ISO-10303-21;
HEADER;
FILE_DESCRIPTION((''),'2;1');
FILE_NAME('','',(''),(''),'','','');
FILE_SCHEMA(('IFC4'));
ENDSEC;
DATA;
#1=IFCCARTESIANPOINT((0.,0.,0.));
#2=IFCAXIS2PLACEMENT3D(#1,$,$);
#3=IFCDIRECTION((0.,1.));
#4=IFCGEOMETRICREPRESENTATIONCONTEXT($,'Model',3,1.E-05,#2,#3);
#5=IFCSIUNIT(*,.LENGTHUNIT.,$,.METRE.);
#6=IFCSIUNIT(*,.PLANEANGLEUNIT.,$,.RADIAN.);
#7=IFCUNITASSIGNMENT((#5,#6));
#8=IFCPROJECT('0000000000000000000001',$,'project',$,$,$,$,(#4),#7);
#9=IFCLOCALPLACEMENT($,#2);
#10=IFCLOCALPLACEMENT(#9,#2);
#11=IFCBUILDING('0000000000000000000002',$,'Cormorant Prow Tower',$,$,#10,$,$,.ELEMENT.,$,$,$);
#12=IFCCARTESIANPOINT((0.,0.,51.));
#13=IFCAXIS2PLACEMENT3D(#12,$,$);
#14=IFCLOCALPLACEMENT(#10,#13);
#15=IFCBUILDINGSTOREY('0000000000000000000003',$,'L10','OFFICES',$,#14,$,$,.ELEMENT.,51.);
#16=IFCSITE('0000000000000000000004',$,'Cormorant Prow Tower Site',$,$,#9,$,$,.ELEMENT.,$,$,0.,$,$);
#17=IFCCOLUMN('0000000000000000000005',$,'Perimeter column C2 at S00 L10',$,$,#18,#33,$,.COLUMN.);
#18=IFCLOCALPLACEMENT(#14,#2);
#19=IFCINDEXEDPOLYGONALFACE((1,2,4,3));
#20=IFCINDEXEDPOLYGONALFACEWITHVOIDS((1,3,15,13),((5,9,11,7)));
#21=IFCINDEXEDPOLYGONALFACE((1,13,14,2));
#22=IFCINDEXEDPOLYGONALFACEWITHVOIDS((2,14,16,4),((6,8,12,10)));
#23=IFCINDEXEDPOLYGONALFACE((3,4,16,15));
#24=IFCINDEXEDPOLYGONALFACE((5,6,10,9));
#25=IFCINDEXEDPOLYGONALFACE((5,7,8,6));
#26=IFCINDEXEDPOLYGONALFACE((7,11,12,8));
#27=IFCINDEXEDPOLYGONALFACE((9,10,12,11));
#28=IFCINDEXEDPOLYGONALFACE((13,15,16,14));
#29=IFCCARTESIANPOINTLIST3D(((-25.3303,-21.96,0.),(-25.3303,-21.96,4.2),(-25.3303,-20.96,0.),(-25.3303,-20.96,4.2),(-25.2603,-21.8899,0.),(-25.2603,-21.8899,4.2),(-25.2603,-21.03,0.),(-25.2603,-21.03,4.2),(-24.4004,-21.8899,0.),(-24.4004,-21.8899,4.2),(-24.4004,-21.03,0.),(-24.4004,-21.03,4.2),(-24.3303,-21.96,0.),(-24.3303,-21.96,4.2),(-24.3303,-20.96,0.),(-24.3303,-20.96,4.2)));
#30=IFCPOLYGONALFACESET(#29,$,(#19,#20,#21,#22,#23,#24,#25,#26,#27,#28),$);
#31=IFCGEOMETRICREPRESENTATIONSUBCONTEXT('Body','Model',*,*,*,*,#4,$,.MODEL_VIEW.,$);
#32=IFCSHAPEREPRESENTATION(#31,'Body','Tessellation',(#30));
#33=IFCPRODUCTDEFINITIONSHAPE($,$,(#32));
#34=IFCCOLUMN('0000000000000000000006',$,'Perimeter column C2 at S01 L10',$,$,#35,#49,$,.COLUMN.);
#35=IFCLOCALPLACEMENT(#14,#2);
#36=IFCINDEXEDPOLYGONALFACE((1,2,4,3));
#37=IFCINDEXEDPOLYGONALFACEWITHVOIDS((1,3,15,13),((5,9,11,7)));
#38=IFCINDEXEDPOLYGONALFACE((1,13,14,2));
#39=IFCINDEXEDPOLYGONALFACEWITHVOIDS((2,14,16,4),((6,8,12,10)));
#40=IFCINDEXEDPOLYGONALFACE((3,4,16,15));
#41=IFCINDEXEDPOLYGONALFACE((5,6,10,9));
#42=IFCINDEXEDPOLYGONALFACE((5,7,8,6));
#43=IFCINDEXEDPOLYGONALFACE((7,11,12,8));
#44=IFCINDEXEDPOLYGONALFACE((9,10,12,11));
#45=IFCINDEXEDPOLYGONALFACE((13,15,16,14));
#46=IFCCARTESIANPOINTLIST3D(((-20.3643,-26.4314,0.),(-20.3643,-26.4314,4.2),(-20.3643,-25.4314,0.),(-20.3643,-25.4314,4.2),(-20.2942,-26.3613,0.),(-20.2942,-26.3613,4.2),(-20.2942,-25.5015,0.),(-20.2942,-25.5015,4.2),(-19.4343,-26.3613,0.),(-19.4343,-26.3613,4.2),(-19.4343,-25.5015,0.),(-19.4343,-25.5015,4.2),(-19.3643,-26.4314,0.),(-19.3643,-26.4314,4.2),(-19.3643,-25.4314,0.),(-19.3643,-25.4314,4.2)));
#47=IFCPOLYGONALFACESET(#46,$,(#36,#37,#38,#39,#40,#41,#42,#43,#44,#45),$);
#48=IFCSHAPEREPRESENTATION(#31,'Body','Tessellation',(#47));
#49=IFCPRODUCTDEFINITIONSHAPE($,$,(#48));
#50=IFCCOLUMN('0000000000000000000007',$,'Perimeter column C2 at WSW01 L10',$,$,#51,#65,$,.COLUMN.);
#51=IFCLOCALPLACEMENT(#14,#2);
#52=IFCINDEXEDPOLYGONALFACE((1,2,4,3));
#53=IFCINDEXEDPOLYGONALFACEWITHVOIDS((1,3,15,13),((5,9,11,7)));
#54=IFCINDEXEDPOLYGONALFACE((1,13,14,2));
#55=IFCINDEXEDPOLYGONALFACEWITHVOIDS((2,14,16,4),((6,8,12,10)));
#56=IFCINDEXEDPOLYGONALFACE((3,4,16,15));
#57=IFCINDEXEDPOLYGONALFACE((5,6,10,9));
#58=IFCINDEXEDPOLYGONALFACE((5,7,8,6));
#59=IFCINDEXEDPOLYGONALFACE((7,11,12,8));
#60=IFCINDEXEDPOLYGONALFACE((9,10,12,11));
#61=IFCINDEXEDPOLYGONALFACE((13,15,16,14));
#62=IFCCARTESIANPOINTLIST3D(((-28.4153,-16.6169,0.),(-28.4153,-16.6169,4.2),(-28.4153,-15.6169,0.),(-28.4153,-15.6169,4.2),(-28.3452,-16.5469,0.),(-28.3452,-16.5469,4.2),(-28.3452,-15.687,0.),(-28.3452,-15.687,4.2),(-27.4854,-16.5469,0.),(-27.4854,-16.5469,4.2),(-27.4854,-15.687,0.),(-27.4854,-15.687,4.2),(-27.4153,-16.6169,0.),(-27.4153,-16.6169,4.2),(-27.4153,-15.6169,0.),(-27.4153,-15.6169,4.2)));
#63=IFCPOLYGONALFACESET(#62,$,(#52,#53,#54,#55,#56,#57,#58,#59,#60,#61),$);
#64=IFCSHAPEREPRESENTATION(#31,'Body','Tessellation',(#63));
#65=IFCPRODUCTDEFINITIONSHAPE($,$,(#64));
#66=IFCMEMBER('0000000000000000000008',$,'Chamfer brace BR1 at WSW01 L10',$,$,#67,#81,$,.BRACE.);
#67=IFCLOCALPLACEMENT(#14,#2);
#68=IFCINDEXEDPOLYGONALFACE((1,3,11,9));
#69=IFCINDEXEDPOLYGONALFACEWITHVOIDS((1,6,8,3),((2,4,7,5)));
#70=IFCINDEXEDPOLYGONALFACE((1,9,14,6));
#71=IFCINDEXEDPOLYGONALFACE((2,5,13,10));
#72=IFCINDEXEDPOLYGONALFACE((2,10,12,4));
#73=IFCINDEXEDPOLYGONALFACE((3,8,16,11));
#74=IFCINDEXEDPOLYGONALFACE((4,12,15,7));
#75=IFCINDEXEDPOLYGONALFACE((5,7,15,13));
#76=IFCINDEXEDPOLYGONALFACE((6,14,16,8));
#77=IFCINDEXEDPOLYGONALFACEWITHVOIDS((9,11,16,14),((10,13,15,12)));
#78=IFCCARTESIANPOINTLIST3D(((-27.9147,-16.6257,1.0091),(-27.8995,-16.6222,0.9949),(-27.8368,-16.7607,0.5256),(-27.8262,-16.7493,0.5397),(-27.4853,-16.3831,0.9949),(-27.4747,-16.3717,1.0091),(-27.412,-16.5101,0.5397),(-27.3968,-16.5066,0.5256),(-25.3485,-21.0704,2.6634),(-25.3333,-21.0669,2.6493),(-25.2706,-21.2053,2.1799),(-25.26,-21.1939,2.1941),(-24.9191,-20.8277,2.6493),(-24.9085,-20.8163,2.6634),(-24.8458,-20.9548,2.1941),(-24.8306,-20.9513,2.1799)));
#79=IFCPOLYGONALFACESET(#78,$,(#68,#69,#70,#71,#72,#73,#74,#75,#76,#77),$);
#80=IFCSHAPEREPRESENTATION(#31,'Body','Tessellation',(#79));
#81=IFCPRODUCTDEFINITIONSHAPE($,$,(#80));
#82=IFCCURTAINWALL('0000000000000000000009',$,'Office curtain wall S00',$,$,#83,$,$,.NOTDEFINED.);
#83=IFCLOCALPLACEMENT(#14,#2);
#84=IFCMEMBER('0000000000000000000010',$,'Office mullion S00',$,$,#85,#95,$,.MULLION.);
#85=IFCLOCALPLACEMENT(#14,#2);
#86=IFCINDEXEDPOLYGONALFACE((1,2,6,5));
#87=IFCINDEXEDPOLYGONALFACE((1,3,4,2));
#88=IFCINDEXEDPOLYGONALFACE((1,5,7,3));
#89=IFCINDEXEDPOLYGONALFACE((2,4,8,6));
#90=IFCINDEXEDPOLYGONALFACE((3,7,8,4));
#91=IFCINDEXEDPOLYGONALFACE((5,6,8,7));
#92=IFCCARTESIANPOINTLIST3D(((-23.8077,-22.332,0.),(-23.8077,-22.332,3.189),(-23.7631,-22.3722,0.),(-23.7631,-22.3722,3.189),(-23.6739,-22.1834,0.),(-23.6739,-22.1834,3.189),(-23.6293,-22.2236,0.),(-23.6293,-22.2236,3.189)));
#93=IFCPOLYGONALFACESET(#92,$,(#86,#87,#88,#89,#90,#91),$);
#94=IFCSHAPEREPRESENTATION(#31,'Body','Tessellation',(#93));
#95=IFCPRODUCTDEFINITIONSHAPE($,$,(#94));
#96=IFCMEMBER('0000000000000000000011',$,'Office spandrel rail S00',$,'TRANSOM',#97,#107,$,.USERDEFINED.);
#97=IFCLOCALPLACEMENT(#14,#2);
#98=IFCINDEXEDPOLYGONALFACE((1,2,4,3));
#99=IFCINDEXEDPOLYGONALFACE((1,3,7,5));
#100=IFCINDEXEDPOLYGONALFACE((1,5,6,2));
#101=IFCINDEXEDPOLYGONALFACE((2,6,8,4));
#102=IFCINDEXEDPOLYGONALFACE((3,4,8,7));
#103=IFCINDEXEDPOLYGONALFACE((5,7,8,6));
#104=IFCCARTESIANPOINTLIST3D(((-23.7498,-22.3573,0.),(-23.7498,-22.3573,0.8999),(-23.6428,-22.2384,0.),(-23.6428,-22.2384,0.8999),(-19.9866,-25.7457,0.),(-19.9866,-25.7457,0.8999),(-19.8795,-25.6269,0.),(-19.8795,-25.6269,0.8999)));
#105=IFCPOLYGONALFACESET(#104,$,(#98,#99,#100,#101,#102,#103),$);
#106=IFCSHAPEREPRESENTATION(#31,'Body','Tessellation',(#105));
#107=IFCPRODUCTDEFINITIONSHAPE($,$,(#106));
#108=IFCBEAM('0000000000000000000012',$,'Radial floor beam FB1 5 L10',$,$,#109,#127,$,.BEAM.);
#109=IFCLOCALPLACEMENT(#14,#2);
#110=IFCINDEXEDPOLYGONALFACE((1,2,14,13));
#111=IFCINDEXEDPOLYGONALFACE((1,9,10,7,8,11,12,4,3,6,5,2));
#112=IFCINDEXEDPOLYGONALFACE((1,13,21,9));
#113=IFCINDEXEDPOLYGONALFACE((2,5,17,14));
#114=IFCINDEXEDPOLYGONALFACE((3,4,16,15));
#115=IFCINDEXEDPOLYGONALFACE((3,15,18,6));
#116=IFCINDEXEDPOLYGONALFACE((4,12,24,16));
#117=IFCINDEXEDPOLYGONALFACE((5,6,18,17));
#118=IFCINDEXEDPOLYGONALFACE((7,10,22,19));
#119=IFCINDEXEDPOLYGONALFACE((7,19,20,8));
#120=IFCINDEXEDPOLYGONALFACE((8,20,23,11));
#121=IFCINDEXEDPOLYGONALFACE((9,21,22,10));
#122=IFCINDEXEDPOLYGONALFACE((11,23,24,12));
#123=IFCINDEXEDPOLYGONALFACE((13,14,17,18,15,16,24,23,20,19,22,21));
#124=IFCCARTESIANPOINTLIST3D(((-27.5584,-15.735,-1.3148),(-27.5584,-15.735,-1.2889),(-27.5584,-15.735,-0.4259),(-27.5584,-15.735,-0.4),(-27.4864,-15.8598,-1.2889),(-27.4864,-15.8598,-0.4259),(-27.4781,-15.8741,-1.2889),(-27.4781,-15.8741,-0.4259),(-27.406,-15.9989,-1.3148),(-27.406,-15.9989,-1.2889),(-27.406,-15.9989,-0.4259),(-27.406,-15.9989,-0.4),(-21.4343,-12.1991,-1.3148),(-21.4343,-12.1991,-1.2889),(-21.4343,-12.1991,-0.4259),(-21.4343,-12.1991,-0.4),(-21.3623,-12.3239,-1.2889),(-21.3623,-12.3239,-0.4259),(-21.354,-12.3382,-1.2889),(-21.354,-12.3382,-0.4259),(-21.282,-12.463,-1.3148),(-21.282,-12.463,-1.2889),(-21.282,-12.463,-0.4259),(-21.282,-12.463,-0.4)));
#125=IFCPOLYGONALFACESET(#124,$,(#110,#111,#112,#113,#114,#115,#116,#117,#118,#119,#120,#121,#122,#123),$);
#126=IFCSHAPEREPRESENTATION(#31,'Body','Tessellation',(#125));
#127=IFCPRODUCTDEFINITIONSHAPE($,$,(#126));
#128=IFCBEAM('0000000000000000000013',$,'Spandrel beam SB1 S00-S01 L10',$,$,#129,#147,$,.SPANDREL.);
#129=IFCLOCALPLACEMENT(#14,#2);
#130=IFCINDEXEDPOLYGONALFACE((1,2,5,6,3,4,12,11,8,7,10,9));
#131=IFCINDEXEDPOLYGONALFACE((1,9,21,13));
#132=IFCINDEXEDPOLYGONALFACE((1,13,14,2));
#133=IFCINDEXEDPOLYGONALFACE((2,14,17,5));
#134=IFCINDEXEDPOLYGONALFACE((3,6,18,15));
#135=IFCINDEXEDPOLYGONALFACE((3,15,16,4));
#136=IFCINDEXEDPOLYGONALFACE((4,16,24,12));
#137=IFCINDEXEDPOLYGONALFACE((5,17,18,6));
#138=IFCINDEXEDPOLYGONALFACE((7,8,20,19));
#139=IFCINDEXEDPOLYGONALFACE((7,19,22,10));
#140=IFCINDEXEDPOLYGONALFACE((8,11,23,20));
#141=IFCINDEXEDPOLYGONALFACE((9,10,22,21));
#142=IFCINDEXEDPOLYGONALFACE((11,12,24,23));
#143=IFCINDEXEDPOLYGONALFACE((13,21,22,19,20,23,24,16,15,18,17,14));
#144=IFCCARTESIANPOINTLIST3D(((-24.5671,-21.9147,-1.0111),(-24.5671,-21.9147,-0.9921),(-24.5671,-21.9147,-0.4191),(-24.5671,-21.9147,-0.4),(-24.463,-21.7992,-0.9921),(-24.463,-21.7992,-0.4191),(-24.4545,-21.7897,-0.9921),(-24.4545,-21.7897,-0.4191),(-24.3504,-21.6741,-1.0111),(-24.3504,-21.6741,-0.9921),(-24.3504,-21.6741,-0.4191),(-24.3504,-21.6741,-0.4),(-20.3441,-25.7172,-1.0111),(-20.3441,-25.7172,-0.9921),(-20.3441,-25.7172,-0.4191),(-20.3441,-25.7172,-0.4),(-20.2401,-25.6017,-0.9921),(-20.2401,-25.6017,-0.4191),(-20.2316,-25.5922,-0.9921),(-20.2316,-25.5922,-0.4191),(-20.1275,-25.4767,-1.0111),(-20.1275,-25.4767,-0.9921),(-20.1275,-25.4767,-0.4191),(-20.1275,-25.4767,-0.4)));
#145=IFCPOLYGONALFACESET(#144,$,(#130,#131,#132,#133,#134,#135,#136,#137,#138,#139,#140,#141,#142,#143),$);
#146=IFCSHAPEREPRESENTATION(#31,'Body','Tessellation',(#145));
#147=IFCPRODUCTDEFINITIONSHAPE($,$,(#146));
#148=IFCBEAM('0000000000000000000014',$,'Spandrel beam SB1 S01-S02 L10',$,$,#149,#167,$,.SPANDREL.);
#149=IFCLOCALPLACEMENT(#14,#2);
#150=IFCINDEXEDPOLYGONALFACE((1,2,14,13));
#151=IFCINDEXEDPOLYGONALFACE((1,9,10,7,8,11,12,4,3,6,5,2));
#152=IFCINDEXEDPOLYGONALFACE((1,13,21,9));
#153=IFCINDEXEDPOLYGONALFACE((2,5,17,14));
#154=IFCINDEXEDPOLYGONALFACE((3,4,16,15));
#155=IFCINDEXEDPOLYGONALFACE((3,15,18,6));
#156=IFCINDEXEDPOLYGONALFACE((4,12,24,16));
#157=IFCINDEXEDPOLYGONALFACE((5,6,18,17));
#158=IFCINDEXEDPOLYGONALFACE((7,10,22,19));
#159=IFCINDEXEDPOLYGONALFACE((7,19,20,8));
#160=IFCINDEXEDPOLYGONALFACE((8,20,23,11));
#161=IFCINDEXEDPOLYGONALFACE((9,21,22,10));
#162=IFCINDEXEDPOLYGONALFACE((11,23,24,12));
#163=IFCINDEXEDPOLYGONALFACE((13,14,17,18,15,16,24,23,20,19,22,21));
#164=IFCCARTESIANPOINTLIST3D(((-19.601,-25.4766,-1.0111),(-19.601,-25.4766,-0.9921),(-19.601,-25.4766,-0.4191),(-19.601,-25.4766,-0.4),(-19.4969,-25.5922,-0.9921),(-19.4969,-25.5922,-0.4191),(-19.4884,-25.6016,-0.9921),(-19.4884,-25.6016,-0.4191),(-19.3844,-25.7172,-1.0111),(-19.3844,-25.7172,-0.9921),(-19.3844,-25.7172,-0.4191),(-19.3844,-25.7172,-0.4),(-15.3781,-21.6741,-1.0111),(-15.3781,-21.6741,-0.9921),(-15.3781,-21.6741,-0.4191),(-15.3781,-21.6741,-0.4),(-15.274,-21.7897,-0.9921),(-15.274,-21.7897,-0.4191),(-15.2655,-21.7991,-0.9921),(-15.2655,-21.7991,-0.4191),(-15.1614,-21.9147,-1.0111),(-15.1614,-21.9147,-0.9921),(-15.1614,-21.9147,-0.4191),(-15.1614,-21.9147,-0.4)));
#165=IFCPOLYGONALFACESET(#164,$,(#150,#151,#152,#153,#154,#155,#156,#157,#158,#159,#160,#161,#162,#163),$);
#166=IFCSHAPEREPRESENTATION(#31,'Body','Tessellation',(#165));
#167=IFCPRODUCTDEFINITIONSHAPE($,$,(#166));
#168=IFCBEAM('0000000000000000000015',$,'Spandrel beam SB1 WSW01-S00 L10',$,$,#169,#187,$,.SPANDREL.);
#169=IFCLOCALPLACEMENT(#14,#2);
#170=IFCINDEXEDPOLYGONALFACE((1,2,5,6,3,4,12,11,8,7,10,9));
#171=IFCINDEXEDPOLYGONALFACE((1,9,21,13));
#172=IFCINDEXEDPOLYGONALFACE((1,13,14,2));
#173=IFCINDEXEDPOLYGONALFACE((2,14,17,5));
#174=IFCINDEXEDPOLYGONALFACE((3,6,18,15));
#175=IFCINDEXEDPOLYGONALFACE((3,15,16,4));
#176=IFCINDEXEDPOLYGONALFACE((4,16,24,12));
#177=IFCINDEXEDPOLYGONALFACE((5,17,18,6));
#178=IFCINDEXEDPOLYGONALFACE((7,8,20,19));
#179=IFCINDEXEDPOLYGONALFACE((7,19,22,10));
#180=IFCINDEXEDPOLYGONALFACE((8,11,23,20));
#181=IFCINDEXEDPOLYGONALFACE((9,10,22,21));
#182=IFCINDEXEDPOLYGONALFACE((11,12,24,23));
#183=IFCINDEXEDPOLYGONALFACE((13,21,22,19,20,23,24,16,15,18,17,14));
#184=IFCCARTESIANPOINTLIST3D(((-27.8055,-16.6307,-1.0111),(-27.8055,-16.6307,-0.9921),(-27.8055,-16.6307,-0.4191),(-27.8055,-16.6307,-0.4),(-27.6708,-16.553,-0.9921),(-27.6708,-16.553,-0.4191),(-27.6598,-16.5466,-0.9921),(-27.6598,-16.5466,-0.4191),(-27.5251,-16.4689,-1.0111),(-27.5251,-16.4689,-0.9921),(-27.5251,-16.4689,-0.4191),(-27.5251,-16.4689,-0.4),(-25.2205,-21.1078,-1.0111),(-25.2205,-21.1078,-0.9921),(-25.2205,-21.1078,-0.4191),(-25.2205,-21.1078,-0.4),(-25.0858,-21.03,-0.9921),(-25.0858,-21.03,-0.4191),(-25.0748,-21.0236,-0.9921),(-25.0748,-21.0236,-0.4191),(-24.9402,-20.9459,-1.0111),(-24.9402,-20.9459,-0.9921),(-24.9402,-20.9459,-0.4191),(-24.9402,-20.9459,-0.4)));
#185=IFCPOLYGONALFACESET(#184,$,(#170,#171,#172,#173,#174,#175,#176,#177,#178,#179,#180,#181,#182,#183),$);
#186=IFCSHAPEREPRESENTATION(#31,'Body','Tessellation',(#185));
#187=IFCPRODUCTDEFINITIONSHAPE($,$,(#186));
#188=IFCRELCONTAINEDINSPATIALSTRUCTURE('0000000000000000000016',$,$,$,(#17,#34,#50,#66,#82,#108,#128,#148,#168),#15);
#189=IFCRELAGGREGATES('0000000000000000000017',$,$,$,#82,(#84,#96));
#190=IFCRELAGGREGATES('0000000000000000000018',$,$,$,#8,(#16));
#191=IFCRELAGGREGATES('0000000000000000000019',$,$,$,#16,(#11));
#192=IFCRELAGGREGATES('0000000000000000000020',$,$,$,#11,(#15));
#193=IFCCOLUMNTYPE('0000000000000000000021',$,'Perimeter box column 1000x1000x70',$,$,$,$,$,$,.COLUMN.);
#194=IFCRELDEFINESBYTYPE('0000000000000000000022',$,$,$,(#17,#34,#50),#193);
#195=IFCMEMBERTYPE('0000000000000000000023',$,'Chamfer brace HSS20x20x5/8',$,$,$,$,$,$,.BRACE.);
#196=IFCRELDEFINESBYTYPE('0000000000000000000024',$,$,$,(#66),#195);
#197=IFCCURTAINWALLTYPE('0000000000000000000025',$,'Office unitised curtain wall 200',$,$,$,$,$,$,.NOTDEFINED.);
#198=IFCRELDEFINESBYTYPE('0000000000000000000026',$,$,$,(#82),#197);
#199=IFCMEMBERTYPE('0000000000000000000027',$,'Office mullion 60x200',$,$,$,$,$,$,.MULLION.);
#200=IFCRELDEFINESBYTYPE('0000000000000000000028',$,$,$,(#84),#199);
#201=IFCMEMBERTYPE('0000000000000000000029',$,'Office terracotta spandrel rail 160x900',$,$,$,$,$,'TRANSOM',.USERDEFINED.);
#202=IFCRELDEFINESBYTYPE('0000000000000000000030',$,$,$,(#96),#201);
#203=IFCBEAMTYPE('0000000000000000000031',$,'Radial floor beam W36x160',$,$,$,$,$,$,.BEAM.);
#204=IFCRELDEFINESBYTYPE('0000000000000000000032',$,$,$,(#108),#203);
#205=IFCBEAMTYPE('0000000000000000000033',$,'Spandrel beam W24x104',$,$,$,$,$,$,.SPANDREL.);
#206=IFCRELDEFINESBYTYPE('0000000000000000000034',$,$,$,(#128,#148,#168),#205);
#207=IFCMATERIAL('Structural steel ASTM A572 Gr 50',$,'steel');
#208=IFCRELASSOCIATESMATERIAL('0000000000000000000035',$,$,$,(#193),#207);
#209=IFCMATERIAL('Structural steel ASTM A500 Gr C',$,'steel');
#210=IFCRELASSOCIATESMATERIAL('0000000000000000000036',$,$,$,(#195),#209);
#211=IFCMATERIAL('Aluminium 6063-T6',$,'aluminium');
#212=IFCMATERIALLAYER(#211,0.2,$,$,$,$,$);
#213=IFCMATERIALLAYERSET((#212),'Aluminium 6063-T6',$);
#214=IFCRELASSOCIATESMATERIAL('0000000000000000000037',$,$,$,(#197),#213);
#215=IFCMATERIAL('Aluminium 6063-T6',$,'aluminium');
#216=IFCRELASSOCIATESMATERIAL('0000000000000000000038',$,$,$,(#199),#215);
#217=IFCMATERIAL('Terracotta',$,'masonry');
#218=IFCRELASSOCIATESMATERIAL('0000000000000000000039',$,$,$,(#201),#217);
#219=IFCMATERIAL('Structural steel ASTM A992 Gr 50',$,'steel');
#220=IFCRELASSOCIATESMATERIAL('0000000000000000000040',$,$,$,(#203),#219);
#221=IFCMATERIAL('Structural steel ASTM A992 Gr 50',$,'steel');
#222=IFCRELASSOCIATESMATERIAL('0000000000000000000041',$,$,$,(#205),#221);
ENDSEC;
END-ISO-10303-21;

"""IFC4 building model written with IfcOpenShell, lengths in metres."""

from ifc_helpers import new_model, si_unit, direction, frame, origin, origin_2d, place, context, subcontext, project, spatial, rectangle, hollow_rectangle, i_section, extrude, material, layer, layer_set, material_profile, profile_set, type_object, element, aggregate, save


model = new_model("IFC4")

# Units and contexts
model_context = context("Model", 3, precision=1e-05, world=origin(), true_north=direction((0.0, 1.0)))
body_context = subcontext(model_context, "Body", "Model", "MODEL_VIEW")
ifc_project = project(units=[si_unit("LENGTHUNIT", "METRE"), si_unit("PLANEANGLEUNIT", "RADIAN")], contexts=[model_context])

# Site, building, storey
site_placement = place(None, origin())
site = spatial("IfcSite", under=ifc_project, at=site_placement, Name="Cormorant Prow Tower Site", CompositionType="ELEMENT", RefElevation=0.0)
building_placement = place(site_placement, origin())
building = spatial("IfcBuilding", under=site, at=building_placement, Name="Cormorant Prow Tower", CompositionType="ELEMENT")
storey_placement = place(building_placement, frame((0.0, 0.0, 51.0)))
storey = spatial("IfcBuildingStorey", under=building, at=storey_placement, Name="L10", Description="OFFICES", CompositionType="ELEMENT", Elevation=51.0)

# Columns
ifc_material_1 = material(Name="Structural steel ASTM A572 Gr 50", Category="steel")
ifc_material_profile_1 = material_profile(ifc_material_1, hollow_rectangle(XDim=1.0, YDim=1.0, WallThickness=0.0701, at=origin_2d()), Name="Box 1000x1000x70")
ifc_profile_set_1 = profile_set([ifc_material_profile_1], Name="Structural steel ASTM A572 Gr 50")
column_type = type_object("IfcColumnType", Name="Perimeter box column 1000x1000x70", PredefinedType="COLUMN", material=ifc_profile_set_1)
for number, where, z_axis, x_axis, name in (
    (1, (-24.8303, -21.46, 0.0), (0.0, 0.0, 1.0), (1.0, 0.0, 0.0), "Perimeter column C2 at S00 L10"),
    (2, (-19.8643, -25.9314, 0.0), (0.0, 0.0, 1.0), (1.0, 0.0, 0.0), "Perimeter column C2 at S01 L10"),
    (3, (-27.9153, -16.1169, 0.0), (0.0, 0.0, 1.0), (1.0, 0.0, 0.0), "Perimeter column C2 at WSW01 L10"),
):
    element("IfcColumn", number, at=place(storey_placement, frame(where, z_axis=z_axis, x_axis=x_axis)), inside=storey, type_object=column_type, Name=name, PredefinedType="COLUMN", context=body_context, shape_type="SweptSolid", body=[
        extrude(hollow_rectangle(XDim=1.0, YDim=1.0, WallThickness=0.0701, at=origin_2d()), origin(), (0.0, 0.0, 1.0), 4.2),
    ])

# Member
ifc_material_2 = material(Name="Structural steel ASTM A500 Gr C", Category="steel")
ifc_material_profile_2 = material_profile(ifc_material_2, hollow_rectangle(XDim=0.5081, YDim=0.5081, WallThickness=0.0149, at=origin_2d()), Name="HSS20x20x5/8")
ifc_profile_set_2 = profile_set([ifc_material_profile_2], Name="Structural steel ASTM A500 Gr C")
member_type_1 = type_object("IfcMemberType", Name="Chamfer brace HSS20x20x5/8", PredefinedType="BRACE", material=ifc_profile_set_2)
member_1_placement = place(storey_placement, frame((-27.6558, -16.5662, 0.7673), z_axis=(0.4759, -0.824256, 0.306793), x_axis=(0.866018, 0.500012, 0.0)))
element("IfcMember", 4, at=member_1_placement, inside=storey, type_object=member_type_1, Name="Chamfer brace BR1 at WSW01 L10", PredefinedType="BRACE", context=body_context, shape_type="SweptSolid", body=[
    extrude(hollow_rectangle(XDim=0.5081, YDim=0.5081, WallThickness=0.0149, at=origin_2d()), origin(), (0.0, 0.0, 1.0), 5.3923),
])

# Curtain wall, members
ifc_material_3 = material(Name="Aluminium 6063-T6", Category="aluminium")
ifc_layer_1 = layer(ifc_material_3, 0.2)
ifc_layer_set_1 = layer_set([ifc_layer_1], Name="Aluminium 6063-T6")
curtain_wall_type = type_object("IfcCurtainWallType", Name="Office unitised curtain wall 200", PredefinedType="NOTDEFINED", material=ifc_layer_set_1)
curtain_wall_placement = place(storey_placement, origin())
curtain_wall = element("IfcCurtainWall", 5, at=curtain_wall_placement, inside=storey, type_object=curtain_wall_type, Name="Office curtain wall S00", PredefinedType="NOTDEFINED")
ifc_material_4 = material(Name="Aluminium 6063-T6", Category="aluminium")
ifc_material_profile_3 = material_profile(ifc_material_4, rectangle(XDim=0.2, YDim=0.0601, at=origin_2d()), Name="Office mullion 60x200")
ifc_profile_set_3 = profile_set([ifc_material_profile_3], Name="Aluminium 6063-T6")
member_type_2 = type_object("IfcMemberType", Name="Office mullion 60x200", PredefinedType="MULLION", material=ifc_profile_set_3)
member_2_placement = place(storey_placement, frame((-23.7185, -22.2778, 0.0), z_axis=(0.0, 0.0, 1.0), x_axis=(0.669131, 0.743145, 0.0)))
member_2 = element("IfcMember", 6, at=member_2_placement, type_object=member_type_2, Name="Office mullion S00", PredefinedType="MULLION", context=body_context, shape_type="SweptSolid", body=[
    extrude(rectangle(XDim=0.2, YDim=0.0601, at=origin_2d()), origin(), (0.0, 0.0, 1.0), 3.189),
])
ifc_material_5 = material(Name="Terracotta", Category="masonry")
ifc_material_profile_4 = material_profile(ifc_material_5, rectangle(XDim=0.1599, YDim=0.8999, at=origin_2d()), Name="Office terracotta spandrel rail 160x900")
ifc_profile_set_4 = profile_set([ifc_material_profile_4], Name="Terracotta")
member_type_3 = type_object("IfcMemberType", Name="Office terracotta spandrel rail 160x900", ElementType="TRANSOM", PredefinedType="USERDEFINED", material=ifc_profile_set_4)
member_3_placement = place(storey_placement, frame((-23.6963, -22.2979, 0.45), z_axis=(0.743141, -0.669135, 0.0), x_axis=(0.669135, 0.743141, 0.0)))
member_3 = element("IfcMember", 7, at=member_3_placement, type_object=member_type_3, Name="Office spandrel rail S00", ObjectType="TRANSOM", PredefinedType="USERDEFINED", context=body_context, shape_type="SweptSolid", body=[
    extrude(rectangle(XDim=0.1599, YDim=0.8999, at=origin_2d()), origin(), (0.0, 0.0, 1.0), 5.064),
])

# Beams
ifc_material_6 = material(Name="Structural steel ASTM A992 Gr 50", Category="steel")
ifc_material_profile_5 = material_profile(ifc_material_6, i_section(OverallWidth=0.3047, OverallDepth=0.9148, WebThickness=0.0166, FlangeThickness=0.0259, at=origin_2d()), Name="W36x160")
ifc_profile_set_5 = profile_set([ifc_material_profile_5], Name="Structural steel ASTM A992 Gr 50")
beam_type_1 = type_object("IfcBeamType", Name="Radial floor beam W36x160", PredefinedType="BEAM", material=ifc_profile_set_5)
beam_1_placement = place(storey_placement, frame((-21.3582, -12.3311, -0.8574), z_axis=(-0.866014, -0.500019, 0.0), x_axis=(0.500019, -0.866014, 0.0)))
element("IfcBeam", 8, at=beam_1_placement, inside=storey, type_object=beam_type_1, Name="Radial floor beam FB1 5 L10", PredefinedType="BEAM", context=body_context, shape_type="SweptSolid", body=[
    extrude(i_section(OverallWidth=0.3047, OverallDepth=0.9148, WebThickness=0.0166, FlangeThickness=0.0259, at=origin_2d()), origin(), (0.0, 0.0, 1.0), 7.0715),
])
ifc_material_7 = material(Name="Structural steel ASTM A992 Gr 50", Category="steel")
ifc_material_profile_6 = material_profile(ifc_material_7, i_section(OverallWidth=0.3237, OverallDepth=0.6111, WebThickness=0.0127, FlangeThickness=0.019, at=origin_2d()), Name="W24x104")
ifc_profile_set_6 = profile_set([ifc_material_profile_6], Name="Structural steel ASTM A992 Gr 50")
beam_type_2 = type_object("IfcBeamType", Name="Spandrel beam W24x104", PredefinedType="SPANDREL", material=ifc_profile_set_6)
for number, where, z_axis, x_axis, name in (
    (9, (-24.4587, -21.7944, -0.7056), (0.74313, -0.669147, 0.0), (0.669147, 0.74313, 0.0), "Spandrel beam SB1 S00-S01 L10"),
    (10, (-19.4927, -25.5969, -0.7056), (0.74313, 0.669147, 0.0), (-0.669147, 0.74313, 0.0), "Spandrel beam SB1 S01-S02 L10"),
):
    element("IfcBeam", number, at=place(storey_placement, frame(where, z_axis=z_axis, x_axis=x_axis)), inside=storey, type_object=beam_type_2, Name=name, PredefinedType="SPANDREL", context=body_context, shape_type="SweptSolid", body=[
        extrude(i_section(OverallWidth=0.3237, OverallDepth=0.6111, WebThickness=0.0127, FlangeThickness=0.019, at=origin_2d()), origin(), (0.0, 0.0, 1.0), 5.6826),
    ])
beam_2_placement = place(storey_placement, frame((-27.6653, -16.5498, -0.7056), z_axis=(0.50002, -0.866014, 0.0), x_axis=(0.866014, 0.50002, 0.0)))
element("IfcBeam", 11, at=beam_2_placement, inside=storey, type_object=beam_type_2, Name="Spandrel beam SB1 WSW01-S00 L10", PredefinedType="SPANDREL", context=body_context, shape_type="SweptSolid", body=[
    extrude(i_section(OverallWidth=0.3237, OverallDepth=0.6111, WebThickness=0.0127, FlangeThickness=0.019, at=origin_2d()), origin(), (0.0, 0.0, 1.0), 5.1697),
])

aggregate(curtain_wall, [member_2, member_3])

save(model, "model.ifc")
